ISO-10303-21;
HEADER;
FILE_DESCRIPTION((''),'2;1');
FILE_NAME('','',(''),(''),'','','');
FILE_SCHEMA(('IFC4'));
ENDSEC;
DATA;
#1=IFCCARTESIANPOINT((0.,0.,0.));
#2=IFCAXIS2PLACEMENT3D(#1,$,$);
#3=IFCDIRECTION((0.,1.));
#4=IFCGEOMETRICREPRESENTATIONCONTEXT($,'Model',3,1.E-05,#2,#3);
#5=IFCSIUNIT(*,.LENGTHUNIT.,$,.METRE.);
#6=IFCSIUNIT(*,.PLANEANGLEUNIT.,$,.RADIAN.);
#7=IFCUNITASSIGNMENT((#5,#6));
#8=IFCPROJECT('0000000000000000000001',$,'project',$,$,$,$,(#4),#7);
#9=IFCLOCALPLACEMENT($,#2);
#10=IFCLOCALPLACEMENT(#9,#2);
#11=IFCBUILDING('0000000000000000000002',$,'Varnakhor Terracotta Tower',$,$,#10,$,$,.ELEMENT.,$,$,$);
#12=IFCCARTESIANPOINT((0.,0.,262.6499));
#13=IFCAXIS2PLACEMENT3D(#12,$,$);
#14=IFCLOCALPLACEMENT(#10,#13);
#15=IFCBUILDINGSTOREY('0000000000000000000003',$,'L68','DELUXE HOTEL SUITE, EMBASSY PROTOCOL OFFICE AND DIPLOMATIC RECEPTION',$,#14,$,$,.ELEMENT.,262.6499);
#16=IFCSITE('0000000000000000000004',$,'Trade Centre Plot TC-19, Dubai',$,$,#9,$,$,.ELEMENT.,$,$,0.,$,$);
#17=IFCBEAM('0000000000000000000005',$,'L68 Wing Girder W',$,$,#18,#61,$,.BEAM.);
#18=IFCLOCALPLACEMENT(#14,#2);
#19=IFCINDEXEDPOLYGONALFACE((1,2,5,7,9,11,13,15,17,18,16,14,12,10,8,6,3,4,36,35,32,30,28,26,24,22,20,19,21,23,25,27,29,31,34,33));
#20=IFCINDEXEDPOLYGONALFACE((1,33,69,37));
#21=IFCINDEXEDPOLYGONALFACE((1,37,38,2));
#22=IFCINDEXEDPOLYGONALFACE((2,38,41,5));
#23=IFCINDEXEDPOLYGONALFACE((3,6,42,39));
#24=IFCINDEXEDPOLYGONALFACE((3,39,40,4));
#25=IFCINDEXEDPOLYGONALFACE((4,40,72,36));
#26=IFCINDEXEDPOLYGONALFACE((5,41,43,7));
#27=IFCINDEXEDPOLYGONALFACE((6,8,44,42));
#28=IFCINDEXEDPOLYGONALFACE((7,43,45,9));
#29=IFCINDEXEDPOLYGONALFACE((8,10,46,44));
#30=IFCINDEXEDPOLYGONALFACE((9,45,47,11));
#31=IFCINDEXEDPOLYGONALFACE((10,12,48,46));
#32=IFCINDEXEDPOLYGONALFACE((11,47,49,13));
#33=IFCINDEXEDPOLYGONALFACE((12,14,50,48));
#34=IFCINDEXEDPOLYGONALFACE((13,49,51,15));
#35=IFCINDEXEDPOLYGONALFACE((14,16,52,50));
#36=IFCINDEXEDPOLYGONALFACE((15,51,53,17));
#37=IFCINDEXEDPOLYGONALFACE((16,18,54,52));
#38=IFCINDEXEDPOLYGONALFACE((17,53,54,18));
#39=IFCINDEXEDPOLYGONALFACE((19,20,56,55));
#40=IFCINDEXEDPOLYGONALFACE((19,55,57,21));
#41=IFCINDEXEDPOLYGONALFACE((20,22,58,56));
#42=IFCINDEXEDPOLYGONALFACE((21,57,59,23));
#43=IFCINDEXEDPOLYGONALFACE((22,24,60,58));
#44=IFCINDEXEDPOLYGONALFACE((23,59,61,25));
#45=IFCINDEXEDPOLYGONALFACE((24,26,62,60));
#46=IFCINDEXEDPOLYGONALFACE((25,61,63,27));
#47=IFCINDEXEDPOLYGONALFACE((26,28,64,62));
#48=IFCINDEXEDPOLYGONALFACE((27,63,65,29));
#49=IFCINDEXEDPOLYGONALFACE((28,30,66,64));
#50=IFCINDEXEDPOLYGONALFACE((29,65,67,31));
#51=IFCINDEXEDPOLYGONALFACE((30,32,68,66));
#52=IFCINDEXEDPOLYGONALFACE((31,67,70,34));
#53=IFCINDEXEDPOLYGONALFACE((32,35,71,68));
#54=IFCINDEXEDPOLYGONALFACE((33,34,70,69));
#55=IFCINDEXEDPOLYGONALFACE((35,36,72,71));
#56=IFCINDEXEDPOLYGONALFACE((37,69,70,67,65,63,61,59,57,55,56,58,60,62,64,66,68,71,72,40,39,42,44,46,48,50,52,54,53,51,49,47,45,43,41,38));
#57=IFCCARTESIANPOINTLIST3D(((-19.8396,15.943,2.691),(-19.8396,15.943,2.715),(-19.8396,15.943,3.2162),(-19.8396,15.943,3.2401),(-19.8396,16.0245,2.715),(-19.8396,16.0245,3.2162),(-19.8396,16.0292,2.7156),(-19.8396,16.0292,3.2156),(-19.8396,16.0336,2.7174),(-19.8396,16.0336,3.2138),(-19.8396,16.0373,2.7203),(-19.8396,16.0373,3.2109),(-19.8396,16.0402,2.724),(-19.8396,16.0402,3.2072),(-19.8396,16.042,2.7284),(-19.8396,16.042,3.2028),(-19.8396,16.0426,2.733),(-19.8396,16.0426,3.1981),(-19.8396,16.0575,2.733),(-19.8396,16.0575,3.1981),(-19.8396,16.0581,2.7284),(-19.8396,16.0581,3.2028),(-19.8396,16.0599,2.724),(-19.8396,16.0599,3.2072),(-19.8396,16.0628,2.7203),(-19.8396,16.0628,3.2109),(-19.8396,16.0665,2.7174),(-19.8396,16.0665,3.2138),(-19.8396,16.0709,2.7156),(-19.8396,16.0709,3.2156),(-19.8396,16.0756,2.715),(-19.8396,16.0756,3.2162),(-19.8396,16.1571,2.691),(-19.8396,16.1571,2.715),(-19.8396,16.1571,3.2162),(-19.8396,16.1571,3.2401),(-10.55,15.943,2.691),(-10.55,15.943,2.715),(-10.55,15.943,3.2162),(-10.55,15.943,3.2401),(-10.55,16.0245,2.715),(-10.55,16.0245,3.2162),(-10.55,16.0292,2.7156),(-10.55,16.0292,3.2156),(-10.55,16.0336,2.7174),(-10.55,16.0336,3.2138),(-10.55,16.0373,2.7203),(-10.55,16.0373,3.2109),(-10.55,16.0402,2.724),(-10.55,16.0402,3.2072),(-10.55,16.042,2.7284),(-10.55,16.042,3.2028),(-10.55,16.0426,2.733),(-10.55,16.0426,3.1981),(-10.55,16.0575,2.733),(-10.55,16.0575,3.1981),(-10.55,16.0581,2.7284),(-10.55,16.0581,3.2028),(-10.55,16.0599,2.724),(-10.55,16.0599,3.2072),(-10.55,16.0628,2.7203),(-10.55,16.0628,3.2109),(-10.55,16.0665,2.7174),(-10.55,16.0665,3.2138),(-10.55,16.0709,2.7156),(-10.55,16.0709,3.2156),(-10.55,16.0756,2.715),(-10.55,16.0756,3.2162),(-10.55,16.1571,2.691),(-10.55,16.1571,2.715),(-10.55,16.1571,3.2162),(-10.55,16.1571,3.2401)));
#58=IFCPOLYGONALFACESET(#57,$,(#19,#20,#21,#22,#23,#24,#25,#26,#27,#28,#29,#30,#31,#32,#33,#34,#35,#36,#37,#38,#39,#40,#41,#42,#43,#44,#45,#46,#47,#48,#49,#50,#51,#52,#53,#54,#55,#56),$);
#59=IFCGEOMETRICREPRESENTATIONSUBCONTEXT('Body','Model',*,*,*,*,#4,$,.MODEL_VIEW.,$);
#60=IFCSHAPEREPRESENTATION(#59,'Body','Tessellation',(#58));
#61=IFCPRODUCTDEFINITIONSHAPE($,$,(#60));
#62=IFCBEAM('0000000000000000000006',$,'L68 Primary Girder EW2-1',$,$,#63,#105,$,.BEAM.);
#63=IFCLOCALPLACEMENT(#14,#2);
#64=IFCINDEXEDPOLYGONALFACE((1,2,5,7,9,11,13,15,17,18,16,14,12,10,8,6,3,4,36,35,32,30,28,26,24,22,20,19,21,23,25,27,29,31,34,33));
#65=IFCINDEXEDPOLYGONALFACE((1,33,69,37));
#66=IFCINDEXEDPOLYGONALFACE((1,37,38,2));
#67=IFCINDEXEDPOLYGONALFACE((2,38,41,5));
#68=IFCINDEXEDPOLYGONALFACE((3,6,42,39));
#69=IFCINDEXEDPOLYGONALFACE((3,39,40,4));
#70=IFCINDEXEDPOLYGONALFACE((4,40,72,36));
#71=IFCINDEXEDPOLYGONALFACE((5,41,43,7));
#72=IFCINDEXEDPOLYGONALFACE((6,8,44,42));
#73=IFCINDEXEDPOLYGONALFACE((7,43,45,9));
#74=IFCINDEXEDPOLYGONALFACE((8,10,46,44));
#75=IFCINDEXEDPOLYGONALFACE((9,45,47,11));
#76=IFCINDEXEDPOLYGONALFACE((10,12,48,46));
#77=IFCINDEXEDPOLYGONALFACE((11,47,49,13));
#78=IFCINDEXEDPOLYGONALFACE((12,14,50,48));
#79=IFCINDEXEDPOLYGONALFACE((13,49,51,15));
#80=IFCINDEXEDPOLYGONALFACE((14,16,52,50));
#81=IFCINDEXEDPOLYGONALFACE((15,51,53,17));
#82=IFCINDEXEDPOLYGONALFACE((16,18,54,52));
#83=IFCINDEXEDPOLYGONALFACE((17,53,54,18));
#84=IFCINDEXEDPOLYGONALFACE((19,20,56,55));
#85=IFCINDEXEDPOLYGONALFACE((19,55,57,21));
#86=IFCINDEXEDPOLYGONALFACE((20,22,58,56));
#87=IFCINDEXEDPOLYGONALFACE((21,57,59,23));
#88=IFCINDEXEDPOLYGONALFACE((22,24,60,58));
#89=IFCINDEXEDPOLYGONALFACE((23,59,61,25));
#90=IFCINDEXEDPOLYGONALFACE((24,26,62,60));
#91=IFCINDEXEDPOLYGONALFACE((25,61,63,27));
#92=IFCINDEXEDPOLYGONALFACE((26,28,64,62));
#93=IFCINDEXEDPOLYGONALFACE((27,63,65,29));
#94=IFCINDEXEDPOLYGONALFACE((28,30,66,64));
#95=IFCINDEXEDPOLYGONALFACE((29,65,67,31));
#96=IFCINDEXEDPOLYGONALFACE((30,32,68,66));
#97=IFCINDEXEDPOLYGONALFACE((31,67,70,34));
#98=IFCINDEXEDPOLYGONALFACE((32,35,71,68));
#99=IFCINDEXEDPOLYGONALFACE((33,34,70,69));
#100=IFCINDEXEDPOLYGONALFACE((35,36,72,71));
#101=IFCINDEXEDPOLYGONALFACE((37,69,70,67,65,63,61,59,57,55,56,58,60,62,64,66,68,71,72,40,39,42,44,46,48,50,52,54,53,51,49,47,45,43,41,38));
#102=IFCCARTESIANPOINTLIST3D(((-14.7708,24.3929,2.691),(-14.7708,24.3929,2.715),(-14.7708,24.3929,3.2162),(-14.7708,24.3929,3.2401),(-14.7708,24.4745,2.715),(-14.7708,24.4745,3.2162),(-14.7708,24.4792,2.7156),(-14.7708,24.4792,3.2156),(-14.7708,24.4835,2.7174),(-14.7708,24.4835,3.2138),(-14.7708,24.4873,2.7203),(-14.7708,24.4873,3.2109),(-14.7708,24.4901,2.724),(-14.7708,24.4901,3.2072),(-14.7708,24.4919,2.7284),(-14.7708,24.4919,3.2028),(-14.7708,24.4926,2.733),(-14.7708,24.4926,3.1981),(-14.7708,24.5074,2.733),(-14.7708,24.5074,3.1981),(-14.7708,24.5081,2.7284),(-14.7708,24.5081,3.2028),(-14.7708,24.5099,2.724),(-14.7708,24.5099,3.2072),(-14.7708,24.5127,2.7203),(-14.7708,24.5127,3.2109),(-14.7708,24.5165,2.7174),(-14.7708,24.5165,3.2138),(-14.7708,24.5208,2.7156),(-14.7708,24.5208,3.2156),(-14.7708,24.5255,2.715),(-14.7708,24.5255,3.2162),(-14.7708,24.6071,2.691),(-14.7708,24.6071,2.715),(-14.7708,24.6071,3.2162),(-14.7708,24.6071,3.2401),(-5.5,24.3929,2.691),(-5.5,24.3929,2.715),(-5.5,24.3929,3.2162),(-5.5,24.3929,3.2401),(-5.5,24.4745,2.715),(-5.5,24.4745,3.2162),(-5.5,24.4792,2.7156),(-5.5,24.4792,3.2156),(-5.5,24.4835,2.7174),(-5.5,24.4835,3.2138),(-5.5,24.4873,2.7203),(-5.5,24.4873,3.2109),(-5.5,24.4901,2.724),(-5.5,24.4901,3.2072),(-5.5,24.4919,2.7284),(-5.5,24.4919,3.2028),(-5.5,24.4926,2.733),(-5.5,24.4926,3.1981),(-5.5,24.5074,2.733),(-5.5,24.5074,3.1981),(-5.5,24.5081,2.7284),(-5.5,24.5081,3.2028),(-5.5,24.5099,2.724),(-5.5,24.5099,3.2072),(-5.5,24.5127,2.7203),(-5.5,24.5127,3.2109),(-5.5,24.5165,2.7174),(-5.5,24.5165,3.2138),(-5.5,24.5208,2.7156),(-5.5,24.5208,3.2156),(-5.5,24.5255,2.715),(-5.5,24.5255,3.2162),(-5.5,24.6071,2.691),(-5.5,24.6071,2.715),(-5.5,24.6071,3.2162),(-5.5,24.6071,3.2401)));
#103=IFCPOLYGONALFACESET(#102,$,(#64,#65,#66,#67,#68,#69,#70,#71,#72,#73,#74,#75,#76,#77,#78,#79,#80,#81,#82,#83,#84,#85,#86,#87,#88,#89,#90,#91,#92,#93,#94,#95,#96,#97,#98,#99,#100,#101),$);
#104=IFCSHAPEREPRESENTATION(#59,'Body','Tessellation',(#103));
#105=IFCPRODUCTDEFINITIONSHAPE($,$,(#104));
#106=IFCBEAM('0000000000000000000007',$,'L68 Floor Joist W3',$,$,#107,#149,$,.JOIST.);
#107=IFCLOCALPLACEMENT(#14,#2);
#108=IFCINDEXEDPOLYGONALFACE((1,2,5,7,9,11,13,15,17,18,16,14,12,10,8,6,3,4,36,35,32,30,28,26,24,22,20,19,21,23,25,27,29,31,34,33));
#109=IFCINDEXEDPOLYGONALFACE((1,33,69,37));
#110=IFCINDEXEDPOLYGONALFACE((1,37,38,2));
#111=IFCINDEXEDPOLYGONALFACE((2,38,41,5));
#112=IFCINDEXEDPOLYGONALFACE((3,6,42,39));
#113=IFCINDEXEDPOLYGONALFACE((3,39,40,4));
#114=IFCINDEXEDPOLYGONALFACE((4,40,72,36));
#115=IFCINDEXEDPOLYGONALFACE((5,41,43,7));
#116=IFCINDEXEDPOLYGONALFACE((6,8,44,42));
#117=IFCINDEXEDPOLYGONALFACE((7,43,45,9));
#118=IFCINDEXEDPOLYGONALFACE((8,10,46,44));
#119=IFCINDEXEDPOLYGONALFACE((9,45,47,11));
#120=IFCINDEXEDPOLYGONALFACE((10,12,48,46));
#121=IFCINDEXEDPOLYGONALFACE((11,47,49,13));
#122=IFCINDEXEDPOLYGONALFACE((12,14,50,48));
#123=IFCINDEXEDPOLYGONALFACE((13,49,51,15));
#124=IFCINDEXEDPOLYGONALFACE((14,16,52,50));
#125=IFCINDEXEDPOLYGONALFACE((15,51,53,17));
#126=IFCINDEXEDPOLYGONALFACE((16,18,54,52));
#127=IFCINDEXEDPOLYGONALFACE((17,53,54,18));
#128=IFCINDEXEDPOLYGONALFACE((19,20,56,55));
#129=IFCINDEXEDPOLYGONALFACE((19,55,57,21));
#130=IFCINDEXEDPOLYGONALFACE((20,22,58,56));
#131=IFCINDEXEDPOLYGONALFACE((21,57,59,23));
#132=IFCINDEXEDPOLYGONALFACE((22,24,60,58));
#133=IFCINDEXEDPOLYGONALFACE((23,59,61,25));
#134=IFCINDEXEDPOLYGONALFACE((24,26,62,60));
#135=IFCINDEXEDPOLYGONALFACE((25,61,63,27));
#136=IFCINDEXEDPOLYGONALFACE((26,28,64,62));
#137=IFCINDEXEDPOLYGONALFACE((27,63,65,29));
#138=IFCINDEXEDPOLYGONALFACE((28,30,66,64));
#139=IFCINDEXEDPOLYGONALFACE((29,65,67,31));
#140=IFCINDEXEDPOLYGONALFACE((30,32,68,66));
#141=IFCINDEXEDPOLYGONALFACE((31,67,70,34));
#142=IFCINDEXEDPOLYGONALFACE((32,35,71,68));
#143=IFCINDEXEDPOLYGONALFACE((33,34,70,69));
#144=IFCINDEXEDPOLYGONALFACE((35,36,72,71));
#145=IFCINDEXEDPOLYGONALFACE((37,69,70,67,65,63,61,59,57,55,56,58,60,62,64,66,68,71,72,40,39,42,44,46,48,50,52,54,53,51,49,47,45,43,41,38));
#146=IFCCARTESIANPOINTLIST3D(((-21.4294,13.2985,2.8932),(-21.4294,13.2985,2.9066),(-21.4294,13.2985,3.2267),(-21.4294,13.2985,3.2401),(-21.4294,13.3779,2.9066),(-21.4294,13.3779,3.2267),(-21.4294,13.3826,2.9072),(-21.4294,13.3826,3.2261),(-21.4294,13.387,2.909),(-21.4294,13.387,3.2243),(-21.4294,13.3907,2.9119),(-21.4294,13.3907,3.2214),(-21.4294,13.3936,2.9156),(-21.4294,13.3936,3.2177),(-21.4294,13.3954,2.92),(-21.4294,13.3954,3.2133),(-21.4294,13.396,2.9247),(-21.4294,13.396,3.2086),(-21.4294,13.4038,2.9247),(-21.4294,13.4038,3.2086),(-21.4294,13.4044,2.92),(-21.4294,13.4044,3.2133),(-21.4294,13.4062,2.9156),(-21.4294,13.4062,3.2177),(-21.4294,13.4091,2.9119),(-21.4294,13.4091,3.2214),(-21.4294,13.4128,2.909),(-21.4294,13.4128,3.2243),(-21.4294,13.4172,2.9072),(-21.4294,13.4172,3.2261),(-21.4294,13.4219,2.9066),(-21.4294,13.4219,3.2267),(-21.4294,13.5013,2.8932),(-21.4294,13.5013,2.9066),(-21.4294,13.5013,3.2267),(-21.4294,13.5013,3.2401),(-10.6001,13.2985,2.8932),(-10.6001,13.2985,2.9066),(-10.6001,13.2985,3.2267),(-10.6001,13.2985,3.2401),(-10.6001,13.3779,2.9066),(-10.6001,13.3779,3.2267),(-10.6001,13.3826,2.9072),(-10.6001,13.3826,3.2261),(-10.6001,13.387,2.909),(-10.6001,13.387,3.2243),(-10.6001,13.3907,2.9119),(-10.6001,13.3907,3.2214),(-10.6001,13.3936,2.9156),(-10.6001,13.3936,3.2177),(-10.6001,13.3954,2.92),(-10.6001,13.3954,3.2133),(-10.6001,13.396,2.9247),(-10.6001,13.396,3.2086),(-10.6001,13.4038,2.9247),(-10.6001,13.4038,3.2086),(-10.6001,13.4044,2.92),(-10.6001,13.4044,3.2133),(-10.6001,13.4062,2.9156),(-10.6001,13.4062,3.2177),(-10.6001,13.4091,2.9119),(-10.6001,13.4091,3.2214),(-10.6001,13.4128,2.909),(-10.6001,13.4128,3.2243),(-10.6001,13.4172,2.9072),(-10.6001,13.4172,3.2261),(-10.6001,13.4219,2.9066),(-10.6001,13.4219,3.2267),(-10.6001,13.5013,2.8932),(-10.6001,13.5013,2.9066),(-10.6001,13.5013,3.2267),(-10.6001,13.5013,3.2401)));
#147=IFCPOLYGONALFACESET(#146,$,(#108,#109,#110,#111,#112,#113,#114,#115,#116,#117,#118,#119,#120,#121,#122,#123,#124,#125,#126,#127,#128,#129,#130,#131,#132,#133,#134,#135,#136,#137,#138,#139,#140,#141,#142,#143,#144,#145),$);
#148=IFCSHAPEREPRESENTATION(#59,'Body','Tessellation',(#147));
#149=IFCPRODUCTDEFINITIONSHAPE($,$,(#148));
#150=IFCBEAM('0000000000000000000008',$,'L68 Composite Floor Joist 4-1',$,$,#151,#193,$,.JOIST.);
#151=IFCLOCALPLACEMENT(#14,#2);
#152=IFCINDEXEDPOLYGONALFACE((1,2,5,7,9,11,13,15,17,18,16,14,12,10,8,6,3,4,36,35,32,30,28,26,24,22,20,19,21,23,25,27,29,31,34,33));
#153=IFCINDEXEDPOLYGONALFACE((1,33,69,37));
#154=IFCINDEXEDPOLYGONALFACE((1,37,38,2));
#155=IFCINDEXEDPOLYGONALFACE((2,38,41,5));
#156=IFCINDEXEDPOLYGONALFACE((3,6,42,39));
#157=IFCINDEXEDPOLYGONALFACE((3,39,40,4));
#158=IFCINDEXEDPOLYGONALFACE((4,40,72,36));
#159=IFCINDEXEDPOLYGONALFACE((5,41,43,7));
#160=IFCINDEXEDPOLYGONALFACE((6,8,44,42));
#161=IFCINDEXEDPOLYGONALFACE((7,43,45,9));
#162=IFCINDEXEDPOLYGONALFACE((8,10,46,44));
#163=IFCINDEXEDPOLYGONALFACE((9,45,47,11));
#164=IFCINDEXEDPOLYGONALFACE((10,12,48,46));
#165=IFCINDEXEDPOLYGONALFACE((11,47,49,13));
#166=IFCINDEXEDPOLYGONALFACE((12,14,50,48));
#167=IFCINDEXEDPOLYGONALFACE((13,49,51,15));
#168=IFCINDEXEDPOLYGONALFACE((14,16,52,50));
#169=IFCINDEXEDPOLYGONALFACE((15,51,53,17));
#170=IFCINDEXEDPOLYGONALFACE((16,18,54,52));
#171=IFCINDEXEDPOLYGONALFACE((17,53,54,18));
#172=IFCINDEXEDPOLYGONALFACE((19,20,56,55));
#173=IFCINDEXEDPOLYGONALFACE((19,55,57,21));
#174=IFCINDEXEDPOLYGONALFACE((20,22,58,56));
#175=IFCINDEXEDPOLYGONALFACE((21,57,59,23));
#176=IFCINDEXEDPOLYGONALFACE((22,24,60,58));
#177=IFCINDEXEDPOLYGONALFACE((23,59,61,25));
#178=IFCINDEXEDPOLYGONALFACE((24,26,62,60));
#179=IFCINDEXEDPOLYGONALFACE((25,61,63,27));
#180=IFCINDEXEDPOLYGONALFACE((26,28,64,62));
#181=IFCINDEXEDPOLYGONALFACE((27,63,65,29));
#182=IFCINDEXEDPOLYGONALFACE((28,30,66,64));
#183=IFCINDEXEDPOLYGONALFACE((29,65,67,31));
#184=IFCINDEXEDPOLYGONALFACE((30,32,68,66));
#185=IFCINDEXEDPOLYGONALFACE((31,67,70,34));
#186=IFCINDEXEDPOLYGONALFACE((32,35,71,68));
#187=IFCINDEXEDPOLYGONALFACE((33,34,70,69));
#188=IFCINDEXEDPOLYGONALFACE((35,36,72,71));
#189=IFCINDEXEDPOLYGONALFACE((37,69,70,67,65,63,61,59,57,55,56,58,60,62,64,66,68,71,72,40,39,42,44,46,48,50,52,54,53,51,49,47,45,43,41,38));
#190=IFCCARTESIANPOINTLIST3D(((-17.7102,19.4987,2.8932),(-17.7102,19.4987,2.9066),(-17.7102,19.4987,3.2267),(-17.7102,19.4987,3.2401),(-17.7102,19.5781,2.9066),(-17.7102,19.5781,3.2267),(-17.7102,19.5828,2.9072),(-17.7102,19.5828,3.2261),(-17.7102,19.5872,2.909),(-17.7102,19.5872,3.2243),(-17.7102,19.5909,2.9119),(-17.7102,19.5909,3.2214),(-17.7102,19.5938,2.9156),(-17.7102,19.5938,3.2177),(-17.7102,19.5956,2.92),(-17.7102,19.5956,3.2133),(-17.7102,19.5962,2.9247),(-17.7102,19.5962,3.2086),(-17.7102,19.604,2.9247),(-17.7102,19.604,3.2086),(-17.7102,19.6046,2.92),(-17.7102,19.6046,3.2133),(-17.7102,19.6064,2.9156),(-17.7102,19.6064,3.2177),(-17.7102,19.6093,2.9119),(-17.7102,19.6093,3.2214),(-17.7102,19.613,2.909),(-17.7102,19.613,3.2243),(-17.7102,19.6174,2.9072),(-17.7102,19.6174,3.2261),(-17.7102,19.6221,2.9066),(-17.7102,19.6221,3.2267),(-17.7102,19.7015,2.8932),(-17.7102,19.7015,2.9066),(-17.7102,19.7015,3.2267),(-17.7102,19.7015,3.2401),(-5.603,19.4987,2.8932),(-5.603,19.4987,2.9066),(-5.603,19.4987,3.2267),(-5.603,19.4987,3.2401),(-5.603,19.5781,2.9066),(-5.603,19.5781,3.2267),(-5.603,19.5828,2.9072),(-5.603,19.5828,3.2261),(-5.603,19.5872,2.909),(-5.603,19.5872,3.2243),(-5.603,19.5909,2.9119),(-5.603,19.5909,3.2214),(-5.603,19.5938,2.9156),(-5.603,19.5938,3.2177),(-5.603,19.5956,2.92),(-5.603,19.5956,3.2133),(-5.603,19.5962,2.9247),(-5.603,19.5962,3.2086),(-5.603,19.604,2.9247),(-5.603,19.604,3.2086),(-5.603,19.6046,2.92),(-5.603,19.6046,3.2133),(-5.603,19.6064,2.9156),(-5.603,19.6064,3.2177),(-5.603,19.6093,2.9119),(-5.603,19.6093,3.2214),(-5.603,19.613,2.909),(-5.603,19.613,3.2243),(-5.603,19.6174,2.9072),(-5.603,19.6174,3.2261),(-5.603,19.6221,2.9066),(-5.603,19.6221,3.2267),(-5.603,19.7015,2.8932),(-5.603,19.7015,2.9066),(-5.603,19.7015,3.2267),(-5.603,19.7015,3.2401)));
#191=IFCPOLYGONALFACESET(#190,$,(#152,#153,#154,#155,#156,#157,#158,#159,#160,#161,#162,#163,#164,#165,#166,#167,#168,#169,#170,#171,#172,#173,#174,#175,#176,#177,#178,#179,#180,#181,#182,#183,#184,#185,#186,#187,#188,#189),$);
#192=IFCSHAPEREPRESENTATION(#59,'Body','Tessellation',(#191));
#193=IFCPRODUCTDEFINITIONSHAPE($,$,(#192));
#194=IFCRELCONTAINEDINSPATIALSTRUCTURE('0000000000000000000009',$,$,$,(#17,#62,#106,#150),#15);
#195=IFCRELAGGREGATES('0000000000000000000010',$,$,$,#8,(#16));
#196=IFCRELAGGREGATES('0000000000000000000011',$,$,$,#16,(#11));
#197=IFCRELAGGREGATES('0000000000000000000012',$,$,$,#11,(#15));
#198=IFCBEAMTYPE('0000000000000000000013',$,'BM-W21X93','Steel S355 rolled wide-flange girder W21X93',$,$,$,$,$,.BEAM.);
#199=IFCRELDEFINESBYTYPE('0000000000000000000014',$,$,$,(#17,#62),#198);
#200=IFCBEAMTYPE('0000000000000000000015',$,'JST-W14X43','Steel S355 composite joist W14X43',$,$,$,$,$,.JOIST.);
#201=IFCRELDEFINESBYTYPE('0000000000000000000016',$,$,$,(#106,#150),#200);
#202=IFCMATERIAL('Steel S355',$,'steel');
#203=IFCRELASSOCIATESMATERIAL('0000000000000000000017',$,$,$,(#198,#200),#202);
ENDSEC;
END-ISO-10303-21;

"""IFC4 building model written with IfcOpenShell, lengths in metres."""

from ifc_helpers import new_model, si_unit, direction, frame, origin, origin_2d, place, context, subcontext, project, spatial, i_section, extrude, source, transform, mapped, material, material_profile, profile_set, type_object, element, save


model = new_model("IFC4")

# Units and contexts
model_context = context("Model", 3, precision=1e-05, world=origin(), true_north=direction((0.0, 1.0)))
body_context = subcontext(model_context, "Body", "Model", "MODEL_VIEW")
ifc_project = project(units=[si_unit("LENGTHUNIT", "METRE"), si_unit("PLANEANGLEUNIT", "RADIAN")], contexts=[model_context])

# Site, building, storey
site_placement = place(None, origin())
site = spatial("IfcSite", under=ifc_project, at=site_placement, Name="Trade Centre Plot TC-19, Dubai", CompositionType="ELEMENT", RefElevation=0.0)
building_placement = place(site_placement, origin())
building = spatial("IfcBuilding", under=site, at=building_placement, Name="Varnakhor Terracotta Tower", CompositionType="ELEMENT")
storey_placement = place(building_placement, frame((0.0, 0.0, 262.6499)))
storey = spatial("IfcBuildingStorey", under=building, at=storey_placement, Name="L68", Description="DELUXE HOTEL SUITE, EMBASSY PROTOCOL OFFICE AND DIPLOMATIC RECEPTION", CompositionType="ELEMENT", Elevation=262.6499)

# Beams
ifc_material_1 = material(Name="Steel S355", Category="steel")
ifc_material_profile_1 = material_profile(ifc_material_1, i_section(OverallWidth=0.2141, OverallDepth=0.5491, WebThickness=0.0149, FlangeThickness=0.0239, FilletRadius=0.0181, at=origin_2d()), Name="W21X93")
ifc_profile_set_1 = profile_set([ifc_material_profile_1], Name="Steel S355")
beam_type_1 = type_object("IfcBeamType", Name="BM-W21X93", Description="Steel S355 rolled wide-flange girder W21X93", PredefinedType="BEAM", material=ifc_profile_set_1)
shared_shape_1 = source(origin(), body_context, "Body", "SweptSolid", [
    extrude(i_section(OverallWidth=0.2141, OverallDepth=0.5491, WebThickness=0.0149, FlangeThickness=0.0239, FilletRadius=0.0181, at=origin_2d()), origin(), (0.0, 0.0, 1.0), 9.2896),
])
beam_1_placement = place(storey_placement, frame((-19.8396, 16.05, 2.9656), z_axis=(1.0, 0.0, 0.0), x_axis=(0.0, 1.0, 0.0)))
element("IfcBeam", 1, at=beam_1_placement, inside=storey, type_object=beam_type_1, Name="L68 Wing Girder W", PredefinedType="BEAM", context=body_context, shape_type="MappedRepresentation", body=[
    mapped(shared_shape_1, transform((0.0, 0.0, 0.0), scale=1.0)),
])
shared_shape_2 = source(origin(), body_context, "Body", "SweptSolid", [
    extrude(i_section(OverallWidth=0.2141, OverallDepth=0.5491, WebThickness=0.0149, FlangeThickness=0.0239, FilletRadius=0.0181, at=origin_2d()), origin(), (0.0, 0.0, 1.0), 9.2708),
])
beam_2_placement = place(storey_placement, frame((-14.7708, 24.5, 2.9656), z_axis=(1.0, 0.0, 0.0), x_axis=(0.0, 1.0, 0.0)))
element("IfcBeam", 2, at=beam_2_placement, inside=storey, type_object=beam_type_1, Name="L68 Primary Girder EW2-1", PredefinedType="BEAM", context=body_context, shape_type="MappedRepresentation", body=[
    mapped(shared_shape_2, transform((0.0, 0.0, 0.0), scale=1.0)),
])
ifc_material_profile_2 = material_profile(ifc_material_1, i_section(OverallWidth=0.2029, OverallDepth=0.3469, WebThickness=0.0078, FlangeThickness=0.0134, FilletRadius=0.0181, at=origin_2d()), Name="W14X43")
ifc_profile_set_2 = profile_set([ifc_material_profile_2], Name="Steel S355")
beam_type_2 = type_object("IfcBeamType", Name="JST-W14X43", Description="Steel S355 composite joist W14X43", PredefinedType="JOIST", material=ifc_profile_set_2)
shared_shape_3 = source(origin(), body_context, "Body", "SweptSolid", [
    extrude(i_section(OverallWidth=0.2029, OverallDepth=0.3469, WebThickness=0.0078, FlangeThickness=0.0134, FilletRadius=0.0181, at=origin_2d()), origin(), (0.0, 0.0, 1.0), 10.8293),
])
beam_3_placement = place(storey_placement, frame((-21.4294, 13.3999, 3.0667), z_axis=(1.0, 0.0, 0.0), x_axis=(0.0, 1.0, 0.0)))
element("IfcBeam", 3, at=beam_3_placement, inside=storey, type_object=beam_type_2, Name="L68 Floor Joist W3", PredefinedType="JOIST", context=body_context, shape_type="MappedRepresentation", body=[
    mapped(shared_shape_3, transform((0.0, 0.0, 0.0), scale=1.0)),
])
shared_shape_4 = source(origin(), body_context, "Body", "SweptSolid", [
    extrude(i_section(OverallWidth=0.2029, OverallDepth=0.3469, WebThickness=0.0078, FlangeThickness=0.0134, FilletRadius=0.0181, at=origin_2d()), origin(), (0.0, 0.0, 1.0), 12.1072),
])
beam_4_placement = place(storey_placement, frame((-17.7102, 19.6001, 3.0667), z_axis=(1.0, 0.0, 0.0), x_axis=(0.0, 1.0, 0.0)))
element("IfcBeam", 4, at=beam_4_placement, inside=storey, type_object=beam_type_2, Name="L68 Composite Floor Joist 4-1", PredefinedType="JOIST", context=body_context, shape_type="MappedRepresentation", body=[
    mapped(shared_shape_4, transform((0.0, 0.0, 0.0), scale=1.0)),
])

save(model, "model.ifc")
